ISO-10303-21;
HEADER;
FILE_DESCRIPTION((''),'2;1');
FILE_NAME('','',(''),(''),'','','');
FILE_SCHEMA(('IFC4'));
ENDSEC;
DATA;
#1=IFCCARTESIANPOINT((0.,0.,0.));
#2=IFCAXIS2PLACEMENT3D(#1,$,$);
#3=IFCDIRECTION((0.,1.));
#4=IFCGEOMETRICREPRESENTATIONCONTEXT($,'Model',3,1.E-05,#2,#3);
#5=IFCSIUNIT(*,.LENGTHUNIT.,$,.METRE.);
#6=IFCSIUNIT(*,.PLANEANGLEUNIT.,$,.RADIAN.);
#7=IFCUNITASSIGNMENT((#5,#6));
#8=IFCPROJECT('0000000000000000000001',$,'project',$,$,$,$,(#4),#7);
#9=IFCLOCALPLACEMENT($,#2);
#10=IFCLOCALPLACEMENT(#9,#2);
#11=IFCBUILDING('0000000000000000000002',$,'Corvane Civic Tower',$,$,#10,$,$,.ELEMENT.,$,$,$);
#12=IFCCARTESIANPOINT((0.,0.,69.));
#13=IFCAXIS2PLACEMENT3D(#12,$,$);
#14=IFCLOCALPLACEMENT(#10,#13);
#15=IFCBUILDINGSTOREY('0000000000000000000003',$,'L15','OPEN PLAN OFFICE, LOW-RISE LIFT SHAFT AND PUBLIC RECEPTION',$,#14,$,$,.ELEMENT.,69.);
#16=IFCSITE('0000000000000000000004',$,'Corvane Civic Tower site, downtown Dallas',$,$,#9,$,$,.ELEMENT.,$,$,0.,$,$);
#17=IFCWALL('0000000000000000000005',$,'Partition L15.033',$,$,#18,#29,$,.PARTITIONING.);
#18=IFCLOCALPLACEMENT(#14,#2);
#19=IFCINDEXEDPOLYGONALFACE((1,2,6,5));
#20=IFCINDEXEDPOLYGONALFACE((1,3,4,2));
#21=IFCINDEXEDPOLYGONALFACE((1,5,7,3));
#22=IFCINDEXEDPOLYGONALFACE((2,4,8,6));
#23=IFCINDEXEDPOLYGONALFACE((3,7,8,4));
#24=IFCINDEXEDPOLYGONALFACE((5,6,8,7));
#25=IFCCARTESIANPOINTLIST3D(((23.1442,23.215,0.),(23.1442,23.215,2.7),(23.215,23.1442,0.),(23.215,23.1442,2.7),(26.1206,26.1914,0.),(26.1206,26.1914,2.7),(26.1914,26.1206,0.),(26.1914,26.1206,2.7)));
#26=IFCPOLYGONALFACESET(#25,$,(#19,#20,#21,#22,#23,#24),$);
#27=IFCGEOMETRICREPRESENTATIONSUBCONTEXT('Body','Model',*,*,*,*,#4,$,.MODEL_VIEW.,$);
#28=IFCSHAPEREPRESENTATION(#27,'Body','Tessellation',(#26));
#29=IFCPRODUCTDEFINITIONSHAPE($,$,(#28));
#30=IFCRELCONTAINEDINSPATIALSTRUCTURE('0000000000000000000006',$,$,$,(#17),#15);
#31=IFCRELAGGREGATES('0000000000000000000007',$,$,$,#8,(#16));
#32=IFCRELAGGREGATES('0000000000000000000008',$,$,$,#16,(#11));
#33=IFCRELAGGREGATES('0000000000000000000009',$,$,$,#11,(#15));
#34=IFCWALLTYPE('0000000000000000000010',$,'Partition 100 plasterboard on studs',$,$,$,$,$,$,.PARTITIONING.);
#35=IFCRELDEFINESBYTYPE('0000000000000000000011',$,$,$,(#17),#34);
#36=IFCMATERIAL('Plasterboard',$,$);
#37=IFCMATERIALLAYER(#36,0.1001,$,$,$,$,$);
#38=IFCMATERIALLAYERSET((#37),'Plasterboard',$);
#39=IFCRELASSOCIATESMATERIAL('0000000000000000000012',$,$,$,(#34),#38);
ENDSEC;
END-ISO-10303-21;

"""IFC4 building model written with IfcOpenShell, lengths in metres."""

from ifc_helpers import new_model, si_unit, direction, frame, frame_2d, origin, place, context, subcontext, project, spatial, rectangle, extrude, material, layer, layer_set, type_object, element, save


model = new_model("IFC4")

# Units and contexts
model_context = context("Model", 3, precision=1e-05, world=origin(), true_north=direction((0.0, 1.0)))
body_context = subcontext(model_context, "Body", "Model", "MODEL_VIEW")
ifc_project = project(units=[si_unit("LENGTHUNIT", "METRE"), si_unit("PLANEANGLEUNIT", "RADIAN")], contexts=[model_context])

# Site, building, storey
site_placement = place(None, origin())
site = spatial("IfcSite", under=ifc_project, at=site_placement, Name="Corvane Civic Tower site, downtown Dallas", CompositionType="ELEMENT", RefElevation=0.0)
building_placement = place(site_placement, origin())
building = spatial("IfcBuilding", under=site, at=building_placement, Name="Corvane Civic Tower", CompositionType="ELEMENT")
storey_placement = place(building_placement, frame((0.0, 0.0, 69.0)))
storey = spatial("IfcBuildingStorey", under=building, at=storey_placement, Name="L15", Description="OPEN PLAN OFFICE, LOW-RISE LIFT SHAFT AND PUBLIC RECEPTION", CompositionType="ELEMENT", Elevation=69.0)

# Wall
ifc_material_1 = material(Name="Plasterboard")
ifc_layer_1 = layer(ifc_material_1, 0.1001)
ifc_layer_set_1 = layer_set([ifc_layer_1], Name="Plasterboard")
wall_type = type_object("IfcWallType", Name="Partition 100 plasterboard on studs", PredefinedType="PARTITIONING", material=ifc_layer_set_1)
wall_placement = place(storey_placement, frame((23.1797, 23.1797, 0.0), z_axis=(0.0, 0.0, 1.0), x_axis=(0.707107, 0.707107, 0.0)))
element("IfcWall", 1, at=wall_placement, inside=storey, type_object=wall_type, Name="Partition L15.033", PredefinedType="PARTITIONING", context=body_context, shape_type="SweptSolid", body=[
    extrude(rectangle(XDim=4.2092, YDim=0.1001, at=frame_2d((2.1045, 0.0))), origin(), (0.0, 0.0, 1.0), 2.7),
])

save(model, "model.ifc")
